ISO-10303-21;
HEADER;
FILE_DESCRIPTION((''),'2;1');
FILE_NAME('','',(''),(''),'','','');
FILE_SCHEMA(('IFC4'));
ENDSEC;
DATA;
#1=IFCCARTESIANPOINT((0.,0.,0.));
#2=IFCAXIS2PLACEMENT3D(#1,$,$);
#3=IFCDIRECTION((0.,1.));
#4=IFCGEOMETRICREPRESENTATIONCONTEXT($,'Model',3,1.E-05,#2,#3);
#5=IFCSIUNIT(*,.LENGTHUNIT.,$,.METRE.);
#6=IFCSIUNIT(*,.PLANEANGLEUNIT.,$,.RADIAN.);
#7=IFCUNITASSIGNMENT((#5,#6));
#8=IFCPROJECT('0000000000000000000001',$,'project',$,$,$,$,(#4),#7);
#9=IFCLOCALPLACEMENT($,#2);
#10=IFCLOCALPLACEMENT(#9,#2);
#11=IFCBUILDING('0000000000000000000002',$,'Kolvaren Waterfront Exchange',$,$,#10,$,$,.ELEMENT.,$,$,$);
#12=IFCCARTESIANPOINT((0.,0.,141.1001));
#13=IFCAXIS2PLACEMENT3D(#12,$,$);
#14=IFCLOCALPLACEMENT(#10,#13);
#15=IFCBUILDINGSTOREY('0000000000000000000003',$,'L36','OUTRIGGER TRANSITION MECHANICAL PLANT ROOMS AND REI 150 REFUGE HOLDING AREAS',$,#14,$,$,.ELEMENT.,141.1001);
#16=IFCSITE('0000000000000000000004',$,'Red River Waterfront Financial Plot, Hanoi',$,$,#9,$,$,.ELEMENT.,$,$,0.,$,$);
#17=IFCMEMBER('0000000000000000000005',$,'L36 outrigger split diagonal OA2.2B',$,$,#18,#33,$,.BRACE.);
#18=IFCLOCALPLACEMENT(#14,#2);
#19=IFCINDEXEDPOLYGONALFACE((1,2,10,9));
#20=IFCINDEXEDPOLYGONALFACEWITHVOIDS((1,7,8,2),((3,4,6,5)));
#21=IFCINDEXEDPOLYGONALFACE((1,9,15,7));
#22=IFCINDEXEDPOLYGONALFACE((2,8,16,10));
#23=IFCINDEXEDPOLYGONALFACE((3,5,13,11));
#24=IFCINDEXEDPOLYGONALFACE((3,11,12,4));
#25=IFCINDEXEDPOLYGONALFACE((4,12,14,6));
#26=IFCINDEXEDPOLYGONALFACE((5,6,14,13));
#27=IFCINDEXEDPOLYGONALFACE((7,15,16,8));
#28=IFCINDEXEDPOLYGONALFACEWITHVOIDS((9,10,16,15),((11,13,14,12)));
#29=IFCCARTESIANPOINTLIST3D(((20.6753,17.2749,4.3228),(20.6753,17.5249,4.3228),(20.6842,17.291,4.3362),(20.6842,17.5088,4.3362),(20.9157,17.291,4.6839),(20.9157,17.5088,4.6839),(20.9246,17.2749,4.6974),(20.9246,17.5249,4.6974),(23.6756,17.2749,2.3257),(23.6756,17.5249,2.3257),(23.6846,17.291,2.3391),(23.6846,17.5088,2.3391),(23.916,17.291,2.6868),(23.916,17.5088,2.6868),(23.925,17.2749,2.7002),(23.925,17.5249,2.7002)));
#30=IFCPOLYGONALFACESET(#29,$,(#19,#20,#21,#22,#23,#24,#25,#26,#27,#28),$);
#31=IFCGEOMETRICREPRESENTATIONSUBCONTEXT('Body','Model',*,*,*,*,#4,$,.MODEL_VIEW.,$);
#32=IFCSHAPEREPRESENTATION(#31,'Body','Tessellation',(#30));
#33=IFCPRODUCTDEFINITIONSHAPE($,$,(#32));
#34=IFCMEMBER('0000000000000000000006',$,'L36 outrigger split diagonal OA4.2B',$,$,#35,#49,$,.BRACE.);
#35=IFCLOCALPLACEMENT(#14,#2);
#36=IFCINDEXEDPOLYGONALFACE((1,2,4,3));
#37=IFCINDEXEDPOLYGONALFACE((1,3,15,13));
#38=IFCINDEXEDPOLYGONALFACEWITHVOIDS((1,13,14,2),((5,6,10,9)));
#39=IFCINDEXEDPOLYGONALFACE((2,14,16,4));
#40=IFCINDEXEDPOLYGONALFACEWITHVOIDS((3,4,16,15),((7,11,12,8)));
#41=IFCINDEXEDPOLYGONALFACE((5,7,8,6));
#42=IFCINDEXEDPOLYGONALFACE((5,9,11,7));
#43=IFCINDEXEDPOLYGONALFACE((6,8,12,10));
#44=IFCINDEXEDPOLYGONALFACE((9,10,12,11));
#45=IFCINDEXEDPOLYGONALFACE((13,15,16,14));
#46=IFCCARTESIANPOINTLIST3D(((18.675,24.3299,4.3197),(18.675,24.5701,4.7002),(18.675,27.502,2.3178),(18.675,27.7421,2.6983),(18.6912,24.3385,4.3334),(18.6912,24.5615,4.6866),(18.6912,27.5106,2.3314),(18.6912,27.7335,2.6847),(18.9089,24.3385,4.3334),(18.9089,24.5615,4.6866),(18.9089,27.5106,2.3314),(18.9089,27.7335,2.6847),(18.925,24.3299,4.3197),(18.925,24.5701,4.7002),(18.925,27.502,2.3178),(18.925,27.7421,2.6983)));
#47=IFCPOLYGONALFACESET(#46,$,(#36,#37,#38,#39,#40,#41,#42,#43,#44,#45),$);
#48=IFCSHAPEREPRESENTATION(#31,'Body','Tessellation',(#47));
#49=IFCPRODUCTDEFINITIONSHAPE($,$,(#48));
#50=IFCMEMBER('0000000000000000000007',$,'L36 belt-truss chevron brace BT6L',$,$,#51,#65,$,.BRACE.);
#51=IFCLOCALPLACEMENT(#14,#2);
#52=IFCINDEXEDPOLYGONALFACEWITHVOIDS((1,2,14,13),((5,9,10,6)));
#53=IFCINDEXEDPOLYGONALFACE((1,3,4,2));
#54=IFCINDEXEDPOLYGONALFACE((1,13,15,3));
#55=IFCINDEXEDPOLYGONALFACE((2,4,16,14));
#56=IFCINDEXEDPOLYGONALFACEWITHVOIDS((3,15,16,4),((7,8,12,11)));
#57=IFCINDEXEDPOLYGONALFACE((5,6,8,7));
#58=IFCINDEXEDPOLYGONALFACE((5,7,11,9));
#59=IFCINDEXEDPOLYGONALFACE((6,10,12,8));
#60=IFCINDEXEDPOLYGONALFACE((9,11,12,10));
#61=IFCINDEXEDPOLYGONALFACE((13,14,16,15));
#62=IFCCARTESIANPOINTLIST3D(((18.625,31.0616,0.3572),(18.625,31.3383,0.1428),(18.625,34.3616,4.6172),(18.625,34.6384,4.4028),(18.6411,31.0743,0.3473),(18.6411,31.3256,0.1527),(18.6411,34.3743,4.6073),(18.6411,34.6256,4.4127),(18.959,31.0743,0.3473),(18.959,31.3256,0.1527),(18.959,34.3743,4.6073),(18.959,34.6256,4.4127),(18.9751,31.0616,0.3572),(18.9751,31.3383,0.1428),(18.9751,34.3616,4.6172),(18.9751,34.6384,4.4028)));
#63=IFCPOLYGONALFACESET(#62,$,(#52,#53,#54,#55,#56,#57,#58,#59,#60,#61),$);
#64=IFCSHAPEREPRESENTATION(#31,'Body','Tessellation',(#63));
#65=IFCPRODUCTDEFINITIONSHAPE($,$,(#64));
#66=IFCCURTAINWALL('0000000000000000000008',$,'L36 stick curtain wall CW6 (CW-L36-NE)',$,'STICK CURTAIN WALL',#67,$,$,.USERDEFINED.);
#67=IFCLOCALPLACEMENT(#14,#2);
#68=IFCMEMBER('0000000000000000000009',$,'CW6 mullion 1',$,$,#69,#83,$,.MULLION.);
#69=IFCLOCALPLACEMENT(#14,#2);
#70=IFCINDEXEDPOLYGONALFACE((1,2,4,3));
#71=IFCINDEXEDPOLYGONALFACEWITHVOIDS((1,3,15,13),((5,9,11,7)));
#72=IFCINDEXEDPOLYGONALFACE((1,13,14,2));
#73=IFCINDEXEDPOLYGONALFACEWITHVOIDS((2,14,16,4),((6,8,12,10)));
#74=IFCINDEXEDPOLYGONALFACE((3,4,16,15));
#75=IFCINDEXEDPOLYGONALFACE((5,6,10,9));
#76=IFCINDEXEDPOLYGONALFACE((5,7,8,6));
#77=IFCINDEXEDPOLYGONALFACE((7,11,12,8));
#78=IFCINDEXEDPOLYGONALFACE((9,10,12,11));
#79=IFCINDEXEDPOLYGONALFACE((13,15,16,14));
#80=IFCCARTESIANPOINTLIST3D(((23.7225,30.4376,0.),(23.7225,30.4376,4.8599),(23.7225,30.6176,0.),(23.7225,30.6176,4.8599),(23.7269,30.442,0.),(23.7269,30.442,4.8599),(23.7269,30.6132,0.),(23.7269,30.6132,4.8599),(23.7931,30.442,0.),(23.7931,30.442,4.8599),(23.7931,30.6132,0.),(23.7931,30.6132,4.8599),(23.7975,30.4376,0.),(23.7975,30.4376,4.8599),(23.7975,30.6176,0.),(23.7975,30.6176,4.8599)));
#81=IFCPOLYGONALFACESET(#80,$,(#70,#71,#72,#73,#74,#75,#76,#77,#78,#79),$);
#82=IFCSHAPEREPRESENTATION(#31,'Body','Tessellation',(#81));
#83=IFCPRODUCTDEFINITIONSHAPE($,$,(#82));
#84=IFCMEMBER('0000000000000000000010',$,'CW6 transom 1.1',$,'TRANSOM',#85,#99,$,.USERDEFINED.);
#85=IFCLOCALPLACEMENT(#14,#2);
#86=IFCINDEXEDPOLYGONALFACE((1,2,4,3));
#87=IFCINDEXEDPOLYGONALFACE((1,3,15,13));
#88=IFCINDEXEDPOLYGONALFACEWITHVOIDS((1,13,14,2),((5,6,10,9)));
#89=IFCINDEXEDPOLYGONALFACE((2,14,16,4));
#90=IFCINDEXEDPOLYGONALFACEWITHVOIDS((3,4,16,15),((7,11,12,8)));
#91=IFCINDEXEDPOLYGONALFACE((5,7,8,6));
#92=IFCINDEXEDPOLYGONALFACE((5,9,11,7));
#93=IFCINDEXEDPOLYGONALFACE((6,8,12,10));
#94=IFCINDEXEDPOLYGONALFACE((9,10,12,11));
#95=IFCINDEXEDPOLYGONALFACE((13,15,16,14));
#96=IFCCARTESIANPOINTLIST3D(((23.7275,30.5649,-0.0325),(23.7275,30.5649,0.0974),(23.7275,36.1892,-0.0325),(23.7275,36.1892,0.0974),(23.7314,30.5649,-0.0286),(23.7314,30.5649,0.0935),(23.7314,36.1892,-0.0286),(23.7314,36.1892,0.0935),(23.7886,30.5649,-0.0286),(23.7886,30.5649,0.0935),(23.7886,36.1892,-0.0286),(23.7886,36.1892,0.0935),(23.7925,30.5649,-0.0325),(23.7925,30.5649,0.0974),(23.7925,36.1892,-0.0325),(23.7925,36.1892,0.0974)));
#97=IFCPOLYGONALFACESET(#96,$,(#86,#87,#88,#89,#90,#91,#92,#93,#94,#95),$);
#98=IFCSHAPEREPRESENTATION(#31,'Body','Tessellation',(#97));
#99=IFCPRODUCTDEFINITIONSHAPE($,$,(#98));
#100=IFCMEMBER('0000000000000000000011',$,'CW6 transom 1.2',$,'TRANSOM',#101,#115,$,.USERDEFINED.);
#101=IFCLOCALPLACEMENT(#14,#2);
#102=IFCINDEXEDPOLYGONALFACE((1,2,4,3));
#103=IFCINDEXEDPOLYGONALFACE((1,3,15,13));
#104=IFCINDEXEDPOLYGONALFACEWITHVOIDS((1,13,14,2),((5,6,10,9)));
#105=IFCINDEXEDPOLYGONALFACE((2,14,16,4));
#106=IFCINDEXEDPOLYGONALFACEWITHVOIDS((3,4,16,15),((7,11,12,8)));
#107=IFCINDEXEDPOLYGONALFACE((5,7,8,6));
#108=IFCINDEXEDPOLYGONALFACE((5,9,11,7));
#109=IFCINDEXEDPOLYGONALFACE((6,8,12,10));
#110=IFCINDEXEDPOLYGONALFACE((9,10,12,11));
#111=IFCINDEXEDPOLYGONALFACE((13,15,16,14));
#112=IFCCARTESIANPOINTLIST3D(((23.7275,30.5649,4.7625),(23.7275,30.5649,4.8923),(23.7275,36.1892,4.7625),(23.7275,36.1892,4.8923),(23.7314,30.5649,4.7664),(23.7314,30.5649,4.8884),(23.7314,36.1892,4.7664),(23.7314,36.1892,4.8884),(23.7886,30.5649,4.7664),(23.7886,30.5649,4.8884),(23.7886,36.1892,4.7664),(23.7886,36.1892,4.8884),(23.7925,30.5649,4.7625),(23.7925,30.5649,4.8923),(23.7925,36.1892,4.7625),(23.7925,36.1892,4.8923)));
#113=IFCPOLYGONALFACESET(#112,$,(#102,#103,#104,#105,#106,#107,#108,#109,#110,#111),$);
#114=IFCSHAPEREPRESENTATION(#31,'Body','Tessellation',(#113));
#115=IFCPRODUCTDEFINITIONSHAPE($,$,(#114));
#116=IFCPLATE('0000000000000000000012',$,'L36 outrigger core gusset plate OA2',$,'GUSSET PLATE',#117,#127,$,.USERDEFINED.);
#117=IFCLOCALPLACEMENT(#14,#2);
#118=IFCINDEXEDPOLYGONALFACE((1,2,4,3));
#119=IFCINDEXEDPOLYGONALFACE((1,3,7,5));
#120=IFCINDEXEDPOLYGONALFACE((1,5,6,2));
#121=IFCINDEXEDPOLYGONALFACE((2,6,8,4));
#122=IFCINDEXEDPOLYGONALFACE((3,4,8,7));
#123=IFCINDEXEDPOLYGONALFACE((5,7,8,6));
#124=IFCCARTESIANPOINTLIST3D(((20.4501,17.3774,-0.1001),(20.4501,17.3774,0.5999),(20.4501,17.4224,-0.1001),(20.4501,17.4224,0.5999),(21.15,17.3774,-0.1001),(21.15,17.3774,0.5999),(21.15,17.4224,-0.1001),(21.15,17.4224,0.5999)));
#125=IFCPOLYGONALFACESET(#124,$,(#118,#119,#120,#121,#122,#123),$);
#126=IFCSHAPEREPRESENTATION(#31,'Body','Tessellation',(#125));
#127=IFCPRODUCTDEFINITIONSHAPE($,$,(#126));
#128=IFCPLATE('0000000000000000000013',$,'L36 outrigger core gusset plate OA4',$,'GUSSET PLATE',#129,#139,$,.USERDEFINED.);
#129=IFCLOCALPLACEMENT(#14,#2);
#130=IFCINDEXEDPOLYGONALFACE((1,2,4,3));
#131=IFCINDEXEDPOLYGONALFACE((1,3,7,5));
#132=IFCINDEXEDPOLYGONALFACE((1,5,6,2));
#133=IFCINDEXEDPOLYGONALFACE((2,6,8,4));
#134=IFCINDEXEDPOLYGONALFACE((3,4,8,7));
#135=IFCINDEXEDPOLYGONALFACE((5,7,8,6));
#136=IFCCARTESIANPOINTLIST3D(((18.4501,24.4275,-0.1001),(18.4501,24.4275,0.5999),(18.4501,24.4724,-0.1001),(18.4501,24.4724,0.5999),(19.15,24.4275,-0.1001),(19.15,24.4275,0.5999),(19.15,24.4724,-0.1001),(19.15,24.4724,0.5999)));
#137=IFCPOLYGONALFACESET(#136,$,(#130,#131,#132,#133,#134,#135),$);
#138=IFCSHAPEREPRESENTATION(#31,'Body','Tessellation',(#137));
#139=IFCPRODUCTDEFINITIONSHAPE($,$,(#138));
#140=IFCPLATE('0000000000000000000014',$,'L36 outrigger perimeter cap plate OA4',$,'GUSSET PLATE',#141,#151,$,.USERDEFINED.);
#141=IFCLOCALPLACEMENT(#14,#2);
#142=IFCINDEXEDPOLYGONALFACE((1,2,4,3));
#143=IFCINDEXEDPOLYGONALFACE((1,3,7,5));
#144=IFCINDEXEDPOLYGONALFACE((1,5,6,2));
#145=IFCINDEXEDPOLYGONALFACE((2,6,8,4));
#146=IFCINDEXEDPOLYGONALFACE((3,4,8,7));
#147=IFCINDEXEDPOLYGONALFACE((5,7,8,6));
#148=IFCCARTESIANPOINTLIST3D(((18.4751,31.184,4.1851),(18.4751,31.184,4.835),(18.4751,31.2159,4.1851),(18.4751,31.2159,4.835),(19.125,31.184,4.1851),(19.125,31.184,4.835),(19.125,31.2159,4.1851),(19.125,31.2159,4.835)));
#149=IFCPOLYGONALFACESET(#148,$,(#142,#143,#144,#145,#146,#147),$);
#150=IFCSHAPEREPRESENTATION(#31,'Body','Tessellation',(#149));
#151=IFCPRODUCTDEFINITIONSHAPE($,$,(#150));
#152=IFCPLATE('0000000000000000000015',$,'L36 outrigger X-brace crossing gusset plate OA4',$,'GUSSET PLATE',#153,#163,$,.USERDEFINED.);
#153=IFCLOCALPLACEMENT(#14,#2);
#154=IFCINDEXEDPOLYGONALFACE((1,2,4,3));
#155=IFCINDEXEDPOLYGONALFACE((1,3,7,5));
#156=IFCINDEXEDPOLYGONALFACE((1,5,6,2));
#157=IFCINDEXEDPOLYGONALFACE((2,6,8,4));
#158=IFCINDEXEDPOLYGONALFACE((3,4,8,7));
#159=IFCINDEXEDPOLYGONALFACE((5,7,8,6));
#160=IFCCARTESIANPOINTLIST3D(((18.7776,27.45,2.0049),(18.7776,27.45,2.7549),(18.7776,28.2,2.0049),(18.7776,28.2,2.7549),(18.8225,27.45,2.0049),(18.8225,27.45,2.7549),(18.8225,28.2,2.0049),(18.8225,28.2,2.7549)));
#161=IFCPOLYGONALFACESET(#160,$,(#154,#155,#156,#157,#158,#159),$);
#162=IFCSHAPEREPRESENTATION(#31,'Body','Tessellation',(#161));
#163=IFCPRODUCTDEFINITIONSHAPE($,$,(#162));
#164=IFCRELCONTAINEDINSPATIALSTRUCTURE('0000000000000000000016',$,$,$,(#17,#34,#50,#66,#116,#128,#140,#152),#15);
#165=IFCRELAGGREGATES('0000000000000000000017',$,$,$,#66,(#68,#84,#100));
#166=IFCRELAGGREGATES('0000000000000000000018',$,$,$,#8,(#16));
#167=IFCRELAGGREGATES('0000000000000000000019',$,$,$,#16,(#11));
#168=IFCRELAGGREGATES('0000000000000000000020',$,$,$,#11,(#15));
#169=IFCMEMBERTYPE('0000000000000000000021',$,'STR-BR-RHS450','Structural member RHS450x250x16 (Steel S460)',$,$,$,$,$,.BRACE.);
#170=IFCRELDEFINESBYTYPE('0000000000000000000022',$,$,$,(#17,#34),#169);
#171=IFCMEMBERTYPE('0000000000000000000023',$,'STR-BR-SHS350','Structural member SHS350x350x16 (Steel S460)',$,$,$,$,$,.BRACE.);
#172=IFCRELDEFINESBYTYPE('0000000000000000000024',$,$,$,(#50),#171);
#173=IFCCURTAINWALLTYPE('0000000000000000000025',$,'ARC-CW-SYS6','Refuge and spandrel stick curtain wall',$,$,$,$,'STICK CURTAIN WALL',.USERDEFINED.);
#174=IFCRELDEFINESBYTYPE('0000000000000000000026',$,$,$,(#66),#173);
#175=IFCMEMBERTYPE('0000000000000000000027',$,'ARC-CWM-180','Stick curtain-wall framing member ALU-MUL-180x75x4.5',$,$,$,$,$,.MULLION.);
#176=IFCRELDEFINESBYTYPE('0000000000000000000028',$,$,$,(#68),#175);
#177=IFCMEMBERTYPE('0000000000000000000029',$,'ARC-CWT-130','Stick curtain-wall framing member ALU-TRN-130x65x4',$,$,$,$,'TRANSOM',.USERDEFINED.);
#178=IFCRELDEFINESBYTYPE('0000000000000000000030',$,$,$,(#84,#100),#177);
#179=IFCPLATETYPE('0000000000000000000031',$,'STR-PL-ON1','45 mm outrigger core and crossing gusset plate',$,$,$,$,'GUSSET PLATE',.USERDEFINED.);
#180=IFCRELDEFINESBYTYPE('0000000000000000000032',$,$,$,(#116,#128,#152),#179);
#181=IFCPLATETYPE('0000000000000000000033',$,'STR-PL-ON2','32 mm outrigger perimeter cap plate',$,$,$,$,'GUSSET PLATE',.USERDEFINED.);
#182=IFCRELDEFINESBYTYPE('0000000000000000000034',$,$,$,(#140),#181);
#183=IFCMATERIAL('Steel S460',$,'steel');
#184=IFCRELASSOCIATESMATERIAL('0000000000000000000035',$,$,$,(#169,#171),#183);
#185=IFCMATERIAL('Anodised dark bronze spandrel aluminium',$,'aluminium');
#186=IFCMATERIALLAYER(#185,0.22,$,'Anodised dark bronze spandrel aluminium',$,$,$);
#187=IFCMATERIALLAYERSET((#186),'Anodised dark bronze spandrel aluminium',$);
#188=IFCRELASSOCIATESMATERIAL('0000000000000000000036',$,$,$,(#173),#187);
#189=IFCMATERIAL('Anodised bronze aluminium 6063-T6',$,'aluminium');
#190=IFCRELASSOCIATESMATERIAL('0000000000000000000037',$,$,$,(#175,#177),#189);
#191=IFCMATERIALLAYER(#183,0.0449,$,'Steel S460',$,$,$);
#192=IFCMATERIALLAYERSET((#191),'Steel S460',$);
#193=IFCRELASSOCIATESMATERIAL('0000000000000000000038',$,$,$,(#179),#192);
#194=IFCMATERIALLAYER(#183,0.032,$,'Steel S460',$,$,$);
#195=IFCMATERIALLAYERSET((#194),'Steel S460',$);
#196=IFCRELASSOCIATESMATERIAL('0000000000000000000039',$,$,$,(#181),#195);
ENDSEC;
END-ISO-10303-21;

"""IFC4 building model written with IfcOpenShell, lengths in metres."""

from ifc_helpers import new_model, si_unit, direction, frame, origin, origin_with_axes, origin_2d, place, context, subcontext, project, spatial, rectangle, hollow_rectangle, extrude, source, transform, mapped, material, layer, layer_set, material_profile, profile_set, type_object, element, aggregate, save


model = new_model("IFC4")

# Units and contexts
model_context = context("Model", 3, precision=1e-05, world=origin(), true_north=direction((0.0, 1.0)))
body_context = subcontext(model_context, "Body", "Model", "MODEL_VIEW")
ifc_project = project(units=[si_unit("LENGTHUNIT", "METRE"), si_unit("PLANEANGLEUNIT", "RADIAN")], contexts=[model_context])

# Site, building, storey
site_placement = place(None, origin())
site = spatial("IfcSite", under=ifc_project, at=site_placement, Name="Red River Waterfront Financial Plot, Hanoi", CompositionType="ELEMENT", RefElevation=0.0)
building_placement = place(site_placement, origin())
building = spatial("IfcBuilding", under=site, at=building_placement, Name="Kolvaren Waterfront Exchange", CompositionType="ELEMENT")
storey_placement = place(building_placement, frame((0.0, 0.0, 141.1001)))
storey = spatial("IfcBuildingStorey", under=building, at=storey_placement, Name="L36", Description="OUTRIGGER TRANSITION MECHANICAL PLANT ROOMS AND REI 150 REFUGE HOLDING AREAS", CompositionType="ELEMENT", Elevation=141.1001)

# Members
ifc_material_1 = material(Name="Steel S460", Category="steel")
ifc_material_profile_1 = material_profile(ifc_material_1, hollow_rectangle(XDim=0.25, YDim=0.45, WallThickness=0.0161, at=origin_2d()), Name="RHS450x250x16")
ifc_profile_set_1 = profile_set([ifc_material_profile_1], Name="Steel S460")
member_type_1 = type_object("IfcMemberType", Name="STR-BR-RHS450", Description="Structural member RHS450x250x16 (Steel S460)", PredefinedType="BRACE", material=ifc_profile_set_1)
member_1_placement = place(storey_placement, frame((23.8003, 17.3999, 2.5129), z_axis=(-0.832446, 0.0, 0.554106), x_axis=(0.0, -1.0, 0.0)))
element("IfcMember", 1, at=member_1_placement, inside=storey, type_object=member_type_1, Name="L36 outrigger split diagonal OA2.2B", PredefinedType="BRACE", context=body_context, shape_type="SweptSolid", body=[
    extrude(hollow_rectangle(XDim=0.25, YDim=0.45, WallThickness=0.0161, at=origin_2d()), origin(), (0.0, 0.0, 1.0), 3.6042),
])
member_2_placement = place(storey_placement, frame((18.8, 27.6221, 2.5081), z_axis=(0.0, -0.845668, 0.533709), x_axis=(1.0, 0.0, 0.0)))
element("IfcMember", 2, at=member_2_placement, inside=storey, type_object=member_type_1, Name="L36 outrigger split diagonal OA4.2B", PredefinedType="BRACE", context=body_context, shape_type="SweptSolid", body=[
    extrude(hollow_rectangle(XDim=0.25, YDim=0.45, WallThickness=0.0161, at=origin_2d()), origin(), (0.0, 0.0, 1.0), 3.751),
])
ifc_material_profile_2 = material_profile(ifc_material_1, hollow_rectangle(XDim=0.3501, YDim=0.3501, WallThickness=0.0161, at=origin_2d()), Name="SHS350x350x16")
ifc_profile_set_2 = profile_set([ifc_material_profile_2], Name="Steel S460")
member_type_2 = type_object("IfcMemberType", Name="STR-BR-SHS350", Description="Structural member SHS350x350x16 (Steel S460)", PredefinedType="BRACE", material=ifc_profile_set_2)
member_3_placement = place(storey_placement, frame((18.8, 31.2, 0.25), z_axis=(0.0, 0.612403, 0.790546), x_axis=(-1.0, 0.0, 0.0)))
element("IfcMember", 3, at=member_3_placement, inside=storey, type_object=member_type_2, Name="L36 belt-truss chevron brace BT6L", PredefinedType="BRACE", context=body_context, shape_type="SweptSolid", body=[
    extrude(hollow_rectangle(XDim=0.3501, YDim=0.3501, WallThickness=0.0161, at=origin_2d()), origin(), (0.0, 0.0, 1.0), 5.3887),
])

# Curtain wall, members
ifc_material_2 = material(Name="Anodised dark bronze spandrel aluminium", Category="aluminium")
ifc_layer_1 = layer(ifc_material_2, 0.22, Name="Anodised dark bronze spandrel aluminium")
ifc_layer_set_1 = layer_set([ifc_layer_1], Name="Anodised dark bronze spandrel aluminium")
curtain_wall_type = type_object("IfcCurtainWallType", Name="ARC-CW-SYS6", Description="Refuge and spandrel stick curtain wall", ElementType="STICK CURTAIN WALL", PredefinedType="USERDEFINED", material=ifc_layer_set_1)
curtain_wall_placement = place(storey_placement, origin())
curtain_wall = element("IfcCurtainWall", 4, at=curtain_wall_placement, inside=storey, type_object=curtain_wall_type, Name="L36 stick curtain wall CW6 (CW-L36-NE)", ObjectType="STICK CURTAIN WALL", PredefinedType="USERDEFINED")
ifc_material_3 = material(Name="Anodised bronze aluminium 6063-T6", Category="aluminium")
ifc_material_profile_3 = material_profile(ifc_material_3, hollow_rectangle(XDim=0.075, YDim=0.1799, WallThickness=0.0044, at=origin_2d()), Name="ALU-MUL-180x75x4.5")
ifc_profile_set_3 = profile_set([ifc_material_profile_3], Name="Anodised bronze aluminium 6063-T6")
member_type_3 = type_object("IfcMemberType", Name="ARC-CWM-180", Description="Stick curtain-wall framing member ALU-MUL-180x75x4.5", PredefinedType="MULLION", material=ifc_profile_set_3)
shared_shape_1 = source(origin_with_axes(), body_context, "Body", "SweptSolid", [
    extrude(hollow_rectangle(XDim=0.075, YDim=0.1799, WallThickness=0.0044, at=origin_2d()), origin(), (0.0, 0.0, 1.0), 4.8599),
])
member_4_placement = place(storey_placement, frame((23.76, 30.5276, 0.0), z_axis=(0.0, 0.0, 1.0), x_axis=(-1.0, 0.0, 0.0)))
member_4 = element("IfcMember", 5, at=member_4_placement, type_object=member_type_3, Name="CW6 mullion 1", PredefinedType="MULLION", context=body_context, shape_type="MappedRepresentation", body=[
    mapped(shared_shape_1, transform((0.0, 0.0, 0.0), x_axis=(1.0, 0.0, 0.0), y_axis=(0.0, 1.0, 0.0), z_axis=(0.0, 0.0, 1.0), scale=1.0)),
])
ifc_material_profile_4 = material_profile(ifc_material_3, hollow_rectangle(XDim=0.0649, YDim=0.1299, WallThickness=0.0039, at=origin_2d()), Name="ALU-TRN-130x65x4")
ifc_profile_set_4 = profile_set([ifc_material_profile_4], Name="Anodised bronze aluminium 6063-T6")
member_type_4 = type_object("IfcMemberType", Name="ARC-CWT-130", Description="Stick curtain-wall framing member ALU-TRN-130x65x4", ElementType="TRANSOM", PredefinedType="USERDEFINED", material=ifc_profile_set_4)
shared_shape_2 = source(origin_with_axes(), body_context, "Body", "SweptSolid", [
    extrude(hollow_rectangle(XDim=0.0649, YDim=0.1299, WallThickness=0.0039, at=origin_2d()), origin(), (0.0, 0.0, 1.0), 5.6243),
])
member_5_placement = place(storey_placement, frame((23.76, 30.5649, 0.0325), z_axis=(0.0, 1.0, 0.0), x_axis=(-1.0, 0.0, 0.0)))
member_5 = element("IfcMember", 6, at=member_5_placement, type_object=member_type_4, Name="CW6 transom 1.1", ObjectType="TRANSOM", PredefinedType="USERDEFINED", context=body_context, shape_type="MappedRepresentation", body=[
    mapped(shared_shape_2, transform((0.0, 0.0, 0.0), x_axis=(1.0, 0.0, 0.0), y_axis=(0.0, 1.0, 0.0), z_axis=(0.0, 0.0, 1.0), scale=1.0)),
])
member_6_placement = place(storey_placement, frame((23.76, 30.5649, 4.8274), z_axis=(0.0, 1.0, 0.0), x_axis=(-1.0, 0.0, 0.0)))
member_6 = element("IfcMember", 7, at=member_6_placement, type_object=member_type_4, Name="CW6 transom 1.2", ObjectType="TRANSOM", PredefinedType="USERDEFINED", context=body_context, shape_type="MappedRepresentation", body=[
    mapped(shared_shape_2, transform((0.0, 0.0, 0.0), x_axis=(1.0, 0.0, 0.0), y_axis=(0.0, 1.0, 0.0), z_axis=(0.0, 0.0, 1.0), scale=1.0)),
])

# Plates
ifc_layer_2 = layer(ifc_material_1, 0.0449, Name="Steel S460")
ifc_layer_set_2 = layer_set([ifc_layer_2], Name="Steel S460")
plate_type_1 = type_object("IfcPlateType", Name="STR-PL-ON1", Description="45 mm outrigger core and crossing gusset plate", ElementType="GUSSET PLATE", PredefinedType="USERDEFINED", material=ifc_layer_set_2)
shared_shape_3 = source(origin_with_axes(), body_context, "Body", "SweptSolid", [
    extrude(rectangle(XDim=0.7, YDim=0.0449, at=origin_2d()), origin(), (0.0, 0.0, 1.0), 0.7),
])
for number, where, z_axis, x_axis, name in (
    (8, (20.8, 17.3999, -0.1001), (0.0, 0.0, 1.0), (1.0, 0.0, 0.0), "L36 outrigger core gusset plate OA2"),
    (9, (18.8, 24.45, -0.1001), (0.0, 0.0, 1.0), (1.0, 0.0, 0.0), "L36 outrigger core gusset plate OA4"),
):
    element("IfcPlate", number, at=place(storey_placement, frame(where, z_axis=z_axis, x_axis=x_axis)), inside=storey, type_object=plate_type_1, Name=name, ObjectType="GUSSET PLATE", PredefinedType="USERDEFINED", context=body_context, shape_type="MappedRepresentation", body=[
        mapped(shared_shape_3, transform((0.0, 0.0, 0.0), x_axis=(1.0, 0.0, 0.0), y_axis=(0.0, 1.0, 0.0), z_axis=(0.0, 0.0, 1.0), scale=1.0)),
    ])
ifc_layer_3 = layer(ifc_material_1, 0.032, Name="Steel S460")
ifc_layer_set_3 = layer_set([ifc_layer_3], Name="Steel S460")
plate_type_2 = type_object("IfcPlateType", Name="STR-PL-ON2", Description="32 mm outrigger perimeter cap plate", ElementType="GUSSET PLATE", PredefinedType="USERDEFINED", material=ifc_layer_set_3)
shared_shape_4 = source(origin_with_axes(), body_context, "Body", "SweptSolid", [
    extrude(rectangle(XDim=0.6499, YDim=0.032, at=origin_2d()), origin(), (0.0, 0.0, 1.0), 0.6499),
])
plate_1_placement = place(storey_placement, frame((18.8, 31.2, 4.1851), z_axis=(0.0, 0.0, 1.0), x_axis=(1.0, 0.0, 0.0)))
element("IfcPlate", 10, at=plate_1_placement, inside=storey, type_object=plate_type_2, Name="L36 outrigger perimeter cap plate OA4", ObjectType="GUSSET PLATE", PredefinedType="USERDEFINED", context=body_context, shape_type="MappedRepresentation", body=[
    mapped(shared_shape_4, transform((0.0, 0.0, 0.0), x_axis=(1.0, 0.0, 0.0), y_axis=(0.0, 1.0, 0.0), z_axis=(0.0, 0.0, 1.0), scale=1.0)),
])
shared_shape_5 = source(origin_with_axes(), body_context, "Body", "SweptSolid", [
    extrude(rectangle(XDim=0.0449, YDim=0.75, at=origin_2d()), origin(), (0.0, 0.0, 1.0), 0.75),
])
plate_2_placement = place(storey_placement, frame((18.8, 27.825, 2.0049), z_axis=(0.0, 0.0, 1.0), x_axis=(1.0, 0.0, 0.0)))
element("IfcPlate", 11, at=plate_2_placement, inside=storey, type_object=plate_type_1, Name="L36 outrigger X-brace crossing gusset plate OA4", ObjectType="GUSSET PLATE", PredefinedType="USERDEFINED", context=body_context, shape_type="MappedRepresentation", body=[
    mapped(shared_shape_5, transform((0.0, 0.0, 0.0), x_axis=(1.0, 0.0, 0.0), y_axis=(0.0, 1.0, 0.0), z_axis=(0.0, 0.0, 1.0), scale=1.0)),
])

aggregate(curtain_wall, [member_4, member_5, member_6])

save(model, "model.ifc")
